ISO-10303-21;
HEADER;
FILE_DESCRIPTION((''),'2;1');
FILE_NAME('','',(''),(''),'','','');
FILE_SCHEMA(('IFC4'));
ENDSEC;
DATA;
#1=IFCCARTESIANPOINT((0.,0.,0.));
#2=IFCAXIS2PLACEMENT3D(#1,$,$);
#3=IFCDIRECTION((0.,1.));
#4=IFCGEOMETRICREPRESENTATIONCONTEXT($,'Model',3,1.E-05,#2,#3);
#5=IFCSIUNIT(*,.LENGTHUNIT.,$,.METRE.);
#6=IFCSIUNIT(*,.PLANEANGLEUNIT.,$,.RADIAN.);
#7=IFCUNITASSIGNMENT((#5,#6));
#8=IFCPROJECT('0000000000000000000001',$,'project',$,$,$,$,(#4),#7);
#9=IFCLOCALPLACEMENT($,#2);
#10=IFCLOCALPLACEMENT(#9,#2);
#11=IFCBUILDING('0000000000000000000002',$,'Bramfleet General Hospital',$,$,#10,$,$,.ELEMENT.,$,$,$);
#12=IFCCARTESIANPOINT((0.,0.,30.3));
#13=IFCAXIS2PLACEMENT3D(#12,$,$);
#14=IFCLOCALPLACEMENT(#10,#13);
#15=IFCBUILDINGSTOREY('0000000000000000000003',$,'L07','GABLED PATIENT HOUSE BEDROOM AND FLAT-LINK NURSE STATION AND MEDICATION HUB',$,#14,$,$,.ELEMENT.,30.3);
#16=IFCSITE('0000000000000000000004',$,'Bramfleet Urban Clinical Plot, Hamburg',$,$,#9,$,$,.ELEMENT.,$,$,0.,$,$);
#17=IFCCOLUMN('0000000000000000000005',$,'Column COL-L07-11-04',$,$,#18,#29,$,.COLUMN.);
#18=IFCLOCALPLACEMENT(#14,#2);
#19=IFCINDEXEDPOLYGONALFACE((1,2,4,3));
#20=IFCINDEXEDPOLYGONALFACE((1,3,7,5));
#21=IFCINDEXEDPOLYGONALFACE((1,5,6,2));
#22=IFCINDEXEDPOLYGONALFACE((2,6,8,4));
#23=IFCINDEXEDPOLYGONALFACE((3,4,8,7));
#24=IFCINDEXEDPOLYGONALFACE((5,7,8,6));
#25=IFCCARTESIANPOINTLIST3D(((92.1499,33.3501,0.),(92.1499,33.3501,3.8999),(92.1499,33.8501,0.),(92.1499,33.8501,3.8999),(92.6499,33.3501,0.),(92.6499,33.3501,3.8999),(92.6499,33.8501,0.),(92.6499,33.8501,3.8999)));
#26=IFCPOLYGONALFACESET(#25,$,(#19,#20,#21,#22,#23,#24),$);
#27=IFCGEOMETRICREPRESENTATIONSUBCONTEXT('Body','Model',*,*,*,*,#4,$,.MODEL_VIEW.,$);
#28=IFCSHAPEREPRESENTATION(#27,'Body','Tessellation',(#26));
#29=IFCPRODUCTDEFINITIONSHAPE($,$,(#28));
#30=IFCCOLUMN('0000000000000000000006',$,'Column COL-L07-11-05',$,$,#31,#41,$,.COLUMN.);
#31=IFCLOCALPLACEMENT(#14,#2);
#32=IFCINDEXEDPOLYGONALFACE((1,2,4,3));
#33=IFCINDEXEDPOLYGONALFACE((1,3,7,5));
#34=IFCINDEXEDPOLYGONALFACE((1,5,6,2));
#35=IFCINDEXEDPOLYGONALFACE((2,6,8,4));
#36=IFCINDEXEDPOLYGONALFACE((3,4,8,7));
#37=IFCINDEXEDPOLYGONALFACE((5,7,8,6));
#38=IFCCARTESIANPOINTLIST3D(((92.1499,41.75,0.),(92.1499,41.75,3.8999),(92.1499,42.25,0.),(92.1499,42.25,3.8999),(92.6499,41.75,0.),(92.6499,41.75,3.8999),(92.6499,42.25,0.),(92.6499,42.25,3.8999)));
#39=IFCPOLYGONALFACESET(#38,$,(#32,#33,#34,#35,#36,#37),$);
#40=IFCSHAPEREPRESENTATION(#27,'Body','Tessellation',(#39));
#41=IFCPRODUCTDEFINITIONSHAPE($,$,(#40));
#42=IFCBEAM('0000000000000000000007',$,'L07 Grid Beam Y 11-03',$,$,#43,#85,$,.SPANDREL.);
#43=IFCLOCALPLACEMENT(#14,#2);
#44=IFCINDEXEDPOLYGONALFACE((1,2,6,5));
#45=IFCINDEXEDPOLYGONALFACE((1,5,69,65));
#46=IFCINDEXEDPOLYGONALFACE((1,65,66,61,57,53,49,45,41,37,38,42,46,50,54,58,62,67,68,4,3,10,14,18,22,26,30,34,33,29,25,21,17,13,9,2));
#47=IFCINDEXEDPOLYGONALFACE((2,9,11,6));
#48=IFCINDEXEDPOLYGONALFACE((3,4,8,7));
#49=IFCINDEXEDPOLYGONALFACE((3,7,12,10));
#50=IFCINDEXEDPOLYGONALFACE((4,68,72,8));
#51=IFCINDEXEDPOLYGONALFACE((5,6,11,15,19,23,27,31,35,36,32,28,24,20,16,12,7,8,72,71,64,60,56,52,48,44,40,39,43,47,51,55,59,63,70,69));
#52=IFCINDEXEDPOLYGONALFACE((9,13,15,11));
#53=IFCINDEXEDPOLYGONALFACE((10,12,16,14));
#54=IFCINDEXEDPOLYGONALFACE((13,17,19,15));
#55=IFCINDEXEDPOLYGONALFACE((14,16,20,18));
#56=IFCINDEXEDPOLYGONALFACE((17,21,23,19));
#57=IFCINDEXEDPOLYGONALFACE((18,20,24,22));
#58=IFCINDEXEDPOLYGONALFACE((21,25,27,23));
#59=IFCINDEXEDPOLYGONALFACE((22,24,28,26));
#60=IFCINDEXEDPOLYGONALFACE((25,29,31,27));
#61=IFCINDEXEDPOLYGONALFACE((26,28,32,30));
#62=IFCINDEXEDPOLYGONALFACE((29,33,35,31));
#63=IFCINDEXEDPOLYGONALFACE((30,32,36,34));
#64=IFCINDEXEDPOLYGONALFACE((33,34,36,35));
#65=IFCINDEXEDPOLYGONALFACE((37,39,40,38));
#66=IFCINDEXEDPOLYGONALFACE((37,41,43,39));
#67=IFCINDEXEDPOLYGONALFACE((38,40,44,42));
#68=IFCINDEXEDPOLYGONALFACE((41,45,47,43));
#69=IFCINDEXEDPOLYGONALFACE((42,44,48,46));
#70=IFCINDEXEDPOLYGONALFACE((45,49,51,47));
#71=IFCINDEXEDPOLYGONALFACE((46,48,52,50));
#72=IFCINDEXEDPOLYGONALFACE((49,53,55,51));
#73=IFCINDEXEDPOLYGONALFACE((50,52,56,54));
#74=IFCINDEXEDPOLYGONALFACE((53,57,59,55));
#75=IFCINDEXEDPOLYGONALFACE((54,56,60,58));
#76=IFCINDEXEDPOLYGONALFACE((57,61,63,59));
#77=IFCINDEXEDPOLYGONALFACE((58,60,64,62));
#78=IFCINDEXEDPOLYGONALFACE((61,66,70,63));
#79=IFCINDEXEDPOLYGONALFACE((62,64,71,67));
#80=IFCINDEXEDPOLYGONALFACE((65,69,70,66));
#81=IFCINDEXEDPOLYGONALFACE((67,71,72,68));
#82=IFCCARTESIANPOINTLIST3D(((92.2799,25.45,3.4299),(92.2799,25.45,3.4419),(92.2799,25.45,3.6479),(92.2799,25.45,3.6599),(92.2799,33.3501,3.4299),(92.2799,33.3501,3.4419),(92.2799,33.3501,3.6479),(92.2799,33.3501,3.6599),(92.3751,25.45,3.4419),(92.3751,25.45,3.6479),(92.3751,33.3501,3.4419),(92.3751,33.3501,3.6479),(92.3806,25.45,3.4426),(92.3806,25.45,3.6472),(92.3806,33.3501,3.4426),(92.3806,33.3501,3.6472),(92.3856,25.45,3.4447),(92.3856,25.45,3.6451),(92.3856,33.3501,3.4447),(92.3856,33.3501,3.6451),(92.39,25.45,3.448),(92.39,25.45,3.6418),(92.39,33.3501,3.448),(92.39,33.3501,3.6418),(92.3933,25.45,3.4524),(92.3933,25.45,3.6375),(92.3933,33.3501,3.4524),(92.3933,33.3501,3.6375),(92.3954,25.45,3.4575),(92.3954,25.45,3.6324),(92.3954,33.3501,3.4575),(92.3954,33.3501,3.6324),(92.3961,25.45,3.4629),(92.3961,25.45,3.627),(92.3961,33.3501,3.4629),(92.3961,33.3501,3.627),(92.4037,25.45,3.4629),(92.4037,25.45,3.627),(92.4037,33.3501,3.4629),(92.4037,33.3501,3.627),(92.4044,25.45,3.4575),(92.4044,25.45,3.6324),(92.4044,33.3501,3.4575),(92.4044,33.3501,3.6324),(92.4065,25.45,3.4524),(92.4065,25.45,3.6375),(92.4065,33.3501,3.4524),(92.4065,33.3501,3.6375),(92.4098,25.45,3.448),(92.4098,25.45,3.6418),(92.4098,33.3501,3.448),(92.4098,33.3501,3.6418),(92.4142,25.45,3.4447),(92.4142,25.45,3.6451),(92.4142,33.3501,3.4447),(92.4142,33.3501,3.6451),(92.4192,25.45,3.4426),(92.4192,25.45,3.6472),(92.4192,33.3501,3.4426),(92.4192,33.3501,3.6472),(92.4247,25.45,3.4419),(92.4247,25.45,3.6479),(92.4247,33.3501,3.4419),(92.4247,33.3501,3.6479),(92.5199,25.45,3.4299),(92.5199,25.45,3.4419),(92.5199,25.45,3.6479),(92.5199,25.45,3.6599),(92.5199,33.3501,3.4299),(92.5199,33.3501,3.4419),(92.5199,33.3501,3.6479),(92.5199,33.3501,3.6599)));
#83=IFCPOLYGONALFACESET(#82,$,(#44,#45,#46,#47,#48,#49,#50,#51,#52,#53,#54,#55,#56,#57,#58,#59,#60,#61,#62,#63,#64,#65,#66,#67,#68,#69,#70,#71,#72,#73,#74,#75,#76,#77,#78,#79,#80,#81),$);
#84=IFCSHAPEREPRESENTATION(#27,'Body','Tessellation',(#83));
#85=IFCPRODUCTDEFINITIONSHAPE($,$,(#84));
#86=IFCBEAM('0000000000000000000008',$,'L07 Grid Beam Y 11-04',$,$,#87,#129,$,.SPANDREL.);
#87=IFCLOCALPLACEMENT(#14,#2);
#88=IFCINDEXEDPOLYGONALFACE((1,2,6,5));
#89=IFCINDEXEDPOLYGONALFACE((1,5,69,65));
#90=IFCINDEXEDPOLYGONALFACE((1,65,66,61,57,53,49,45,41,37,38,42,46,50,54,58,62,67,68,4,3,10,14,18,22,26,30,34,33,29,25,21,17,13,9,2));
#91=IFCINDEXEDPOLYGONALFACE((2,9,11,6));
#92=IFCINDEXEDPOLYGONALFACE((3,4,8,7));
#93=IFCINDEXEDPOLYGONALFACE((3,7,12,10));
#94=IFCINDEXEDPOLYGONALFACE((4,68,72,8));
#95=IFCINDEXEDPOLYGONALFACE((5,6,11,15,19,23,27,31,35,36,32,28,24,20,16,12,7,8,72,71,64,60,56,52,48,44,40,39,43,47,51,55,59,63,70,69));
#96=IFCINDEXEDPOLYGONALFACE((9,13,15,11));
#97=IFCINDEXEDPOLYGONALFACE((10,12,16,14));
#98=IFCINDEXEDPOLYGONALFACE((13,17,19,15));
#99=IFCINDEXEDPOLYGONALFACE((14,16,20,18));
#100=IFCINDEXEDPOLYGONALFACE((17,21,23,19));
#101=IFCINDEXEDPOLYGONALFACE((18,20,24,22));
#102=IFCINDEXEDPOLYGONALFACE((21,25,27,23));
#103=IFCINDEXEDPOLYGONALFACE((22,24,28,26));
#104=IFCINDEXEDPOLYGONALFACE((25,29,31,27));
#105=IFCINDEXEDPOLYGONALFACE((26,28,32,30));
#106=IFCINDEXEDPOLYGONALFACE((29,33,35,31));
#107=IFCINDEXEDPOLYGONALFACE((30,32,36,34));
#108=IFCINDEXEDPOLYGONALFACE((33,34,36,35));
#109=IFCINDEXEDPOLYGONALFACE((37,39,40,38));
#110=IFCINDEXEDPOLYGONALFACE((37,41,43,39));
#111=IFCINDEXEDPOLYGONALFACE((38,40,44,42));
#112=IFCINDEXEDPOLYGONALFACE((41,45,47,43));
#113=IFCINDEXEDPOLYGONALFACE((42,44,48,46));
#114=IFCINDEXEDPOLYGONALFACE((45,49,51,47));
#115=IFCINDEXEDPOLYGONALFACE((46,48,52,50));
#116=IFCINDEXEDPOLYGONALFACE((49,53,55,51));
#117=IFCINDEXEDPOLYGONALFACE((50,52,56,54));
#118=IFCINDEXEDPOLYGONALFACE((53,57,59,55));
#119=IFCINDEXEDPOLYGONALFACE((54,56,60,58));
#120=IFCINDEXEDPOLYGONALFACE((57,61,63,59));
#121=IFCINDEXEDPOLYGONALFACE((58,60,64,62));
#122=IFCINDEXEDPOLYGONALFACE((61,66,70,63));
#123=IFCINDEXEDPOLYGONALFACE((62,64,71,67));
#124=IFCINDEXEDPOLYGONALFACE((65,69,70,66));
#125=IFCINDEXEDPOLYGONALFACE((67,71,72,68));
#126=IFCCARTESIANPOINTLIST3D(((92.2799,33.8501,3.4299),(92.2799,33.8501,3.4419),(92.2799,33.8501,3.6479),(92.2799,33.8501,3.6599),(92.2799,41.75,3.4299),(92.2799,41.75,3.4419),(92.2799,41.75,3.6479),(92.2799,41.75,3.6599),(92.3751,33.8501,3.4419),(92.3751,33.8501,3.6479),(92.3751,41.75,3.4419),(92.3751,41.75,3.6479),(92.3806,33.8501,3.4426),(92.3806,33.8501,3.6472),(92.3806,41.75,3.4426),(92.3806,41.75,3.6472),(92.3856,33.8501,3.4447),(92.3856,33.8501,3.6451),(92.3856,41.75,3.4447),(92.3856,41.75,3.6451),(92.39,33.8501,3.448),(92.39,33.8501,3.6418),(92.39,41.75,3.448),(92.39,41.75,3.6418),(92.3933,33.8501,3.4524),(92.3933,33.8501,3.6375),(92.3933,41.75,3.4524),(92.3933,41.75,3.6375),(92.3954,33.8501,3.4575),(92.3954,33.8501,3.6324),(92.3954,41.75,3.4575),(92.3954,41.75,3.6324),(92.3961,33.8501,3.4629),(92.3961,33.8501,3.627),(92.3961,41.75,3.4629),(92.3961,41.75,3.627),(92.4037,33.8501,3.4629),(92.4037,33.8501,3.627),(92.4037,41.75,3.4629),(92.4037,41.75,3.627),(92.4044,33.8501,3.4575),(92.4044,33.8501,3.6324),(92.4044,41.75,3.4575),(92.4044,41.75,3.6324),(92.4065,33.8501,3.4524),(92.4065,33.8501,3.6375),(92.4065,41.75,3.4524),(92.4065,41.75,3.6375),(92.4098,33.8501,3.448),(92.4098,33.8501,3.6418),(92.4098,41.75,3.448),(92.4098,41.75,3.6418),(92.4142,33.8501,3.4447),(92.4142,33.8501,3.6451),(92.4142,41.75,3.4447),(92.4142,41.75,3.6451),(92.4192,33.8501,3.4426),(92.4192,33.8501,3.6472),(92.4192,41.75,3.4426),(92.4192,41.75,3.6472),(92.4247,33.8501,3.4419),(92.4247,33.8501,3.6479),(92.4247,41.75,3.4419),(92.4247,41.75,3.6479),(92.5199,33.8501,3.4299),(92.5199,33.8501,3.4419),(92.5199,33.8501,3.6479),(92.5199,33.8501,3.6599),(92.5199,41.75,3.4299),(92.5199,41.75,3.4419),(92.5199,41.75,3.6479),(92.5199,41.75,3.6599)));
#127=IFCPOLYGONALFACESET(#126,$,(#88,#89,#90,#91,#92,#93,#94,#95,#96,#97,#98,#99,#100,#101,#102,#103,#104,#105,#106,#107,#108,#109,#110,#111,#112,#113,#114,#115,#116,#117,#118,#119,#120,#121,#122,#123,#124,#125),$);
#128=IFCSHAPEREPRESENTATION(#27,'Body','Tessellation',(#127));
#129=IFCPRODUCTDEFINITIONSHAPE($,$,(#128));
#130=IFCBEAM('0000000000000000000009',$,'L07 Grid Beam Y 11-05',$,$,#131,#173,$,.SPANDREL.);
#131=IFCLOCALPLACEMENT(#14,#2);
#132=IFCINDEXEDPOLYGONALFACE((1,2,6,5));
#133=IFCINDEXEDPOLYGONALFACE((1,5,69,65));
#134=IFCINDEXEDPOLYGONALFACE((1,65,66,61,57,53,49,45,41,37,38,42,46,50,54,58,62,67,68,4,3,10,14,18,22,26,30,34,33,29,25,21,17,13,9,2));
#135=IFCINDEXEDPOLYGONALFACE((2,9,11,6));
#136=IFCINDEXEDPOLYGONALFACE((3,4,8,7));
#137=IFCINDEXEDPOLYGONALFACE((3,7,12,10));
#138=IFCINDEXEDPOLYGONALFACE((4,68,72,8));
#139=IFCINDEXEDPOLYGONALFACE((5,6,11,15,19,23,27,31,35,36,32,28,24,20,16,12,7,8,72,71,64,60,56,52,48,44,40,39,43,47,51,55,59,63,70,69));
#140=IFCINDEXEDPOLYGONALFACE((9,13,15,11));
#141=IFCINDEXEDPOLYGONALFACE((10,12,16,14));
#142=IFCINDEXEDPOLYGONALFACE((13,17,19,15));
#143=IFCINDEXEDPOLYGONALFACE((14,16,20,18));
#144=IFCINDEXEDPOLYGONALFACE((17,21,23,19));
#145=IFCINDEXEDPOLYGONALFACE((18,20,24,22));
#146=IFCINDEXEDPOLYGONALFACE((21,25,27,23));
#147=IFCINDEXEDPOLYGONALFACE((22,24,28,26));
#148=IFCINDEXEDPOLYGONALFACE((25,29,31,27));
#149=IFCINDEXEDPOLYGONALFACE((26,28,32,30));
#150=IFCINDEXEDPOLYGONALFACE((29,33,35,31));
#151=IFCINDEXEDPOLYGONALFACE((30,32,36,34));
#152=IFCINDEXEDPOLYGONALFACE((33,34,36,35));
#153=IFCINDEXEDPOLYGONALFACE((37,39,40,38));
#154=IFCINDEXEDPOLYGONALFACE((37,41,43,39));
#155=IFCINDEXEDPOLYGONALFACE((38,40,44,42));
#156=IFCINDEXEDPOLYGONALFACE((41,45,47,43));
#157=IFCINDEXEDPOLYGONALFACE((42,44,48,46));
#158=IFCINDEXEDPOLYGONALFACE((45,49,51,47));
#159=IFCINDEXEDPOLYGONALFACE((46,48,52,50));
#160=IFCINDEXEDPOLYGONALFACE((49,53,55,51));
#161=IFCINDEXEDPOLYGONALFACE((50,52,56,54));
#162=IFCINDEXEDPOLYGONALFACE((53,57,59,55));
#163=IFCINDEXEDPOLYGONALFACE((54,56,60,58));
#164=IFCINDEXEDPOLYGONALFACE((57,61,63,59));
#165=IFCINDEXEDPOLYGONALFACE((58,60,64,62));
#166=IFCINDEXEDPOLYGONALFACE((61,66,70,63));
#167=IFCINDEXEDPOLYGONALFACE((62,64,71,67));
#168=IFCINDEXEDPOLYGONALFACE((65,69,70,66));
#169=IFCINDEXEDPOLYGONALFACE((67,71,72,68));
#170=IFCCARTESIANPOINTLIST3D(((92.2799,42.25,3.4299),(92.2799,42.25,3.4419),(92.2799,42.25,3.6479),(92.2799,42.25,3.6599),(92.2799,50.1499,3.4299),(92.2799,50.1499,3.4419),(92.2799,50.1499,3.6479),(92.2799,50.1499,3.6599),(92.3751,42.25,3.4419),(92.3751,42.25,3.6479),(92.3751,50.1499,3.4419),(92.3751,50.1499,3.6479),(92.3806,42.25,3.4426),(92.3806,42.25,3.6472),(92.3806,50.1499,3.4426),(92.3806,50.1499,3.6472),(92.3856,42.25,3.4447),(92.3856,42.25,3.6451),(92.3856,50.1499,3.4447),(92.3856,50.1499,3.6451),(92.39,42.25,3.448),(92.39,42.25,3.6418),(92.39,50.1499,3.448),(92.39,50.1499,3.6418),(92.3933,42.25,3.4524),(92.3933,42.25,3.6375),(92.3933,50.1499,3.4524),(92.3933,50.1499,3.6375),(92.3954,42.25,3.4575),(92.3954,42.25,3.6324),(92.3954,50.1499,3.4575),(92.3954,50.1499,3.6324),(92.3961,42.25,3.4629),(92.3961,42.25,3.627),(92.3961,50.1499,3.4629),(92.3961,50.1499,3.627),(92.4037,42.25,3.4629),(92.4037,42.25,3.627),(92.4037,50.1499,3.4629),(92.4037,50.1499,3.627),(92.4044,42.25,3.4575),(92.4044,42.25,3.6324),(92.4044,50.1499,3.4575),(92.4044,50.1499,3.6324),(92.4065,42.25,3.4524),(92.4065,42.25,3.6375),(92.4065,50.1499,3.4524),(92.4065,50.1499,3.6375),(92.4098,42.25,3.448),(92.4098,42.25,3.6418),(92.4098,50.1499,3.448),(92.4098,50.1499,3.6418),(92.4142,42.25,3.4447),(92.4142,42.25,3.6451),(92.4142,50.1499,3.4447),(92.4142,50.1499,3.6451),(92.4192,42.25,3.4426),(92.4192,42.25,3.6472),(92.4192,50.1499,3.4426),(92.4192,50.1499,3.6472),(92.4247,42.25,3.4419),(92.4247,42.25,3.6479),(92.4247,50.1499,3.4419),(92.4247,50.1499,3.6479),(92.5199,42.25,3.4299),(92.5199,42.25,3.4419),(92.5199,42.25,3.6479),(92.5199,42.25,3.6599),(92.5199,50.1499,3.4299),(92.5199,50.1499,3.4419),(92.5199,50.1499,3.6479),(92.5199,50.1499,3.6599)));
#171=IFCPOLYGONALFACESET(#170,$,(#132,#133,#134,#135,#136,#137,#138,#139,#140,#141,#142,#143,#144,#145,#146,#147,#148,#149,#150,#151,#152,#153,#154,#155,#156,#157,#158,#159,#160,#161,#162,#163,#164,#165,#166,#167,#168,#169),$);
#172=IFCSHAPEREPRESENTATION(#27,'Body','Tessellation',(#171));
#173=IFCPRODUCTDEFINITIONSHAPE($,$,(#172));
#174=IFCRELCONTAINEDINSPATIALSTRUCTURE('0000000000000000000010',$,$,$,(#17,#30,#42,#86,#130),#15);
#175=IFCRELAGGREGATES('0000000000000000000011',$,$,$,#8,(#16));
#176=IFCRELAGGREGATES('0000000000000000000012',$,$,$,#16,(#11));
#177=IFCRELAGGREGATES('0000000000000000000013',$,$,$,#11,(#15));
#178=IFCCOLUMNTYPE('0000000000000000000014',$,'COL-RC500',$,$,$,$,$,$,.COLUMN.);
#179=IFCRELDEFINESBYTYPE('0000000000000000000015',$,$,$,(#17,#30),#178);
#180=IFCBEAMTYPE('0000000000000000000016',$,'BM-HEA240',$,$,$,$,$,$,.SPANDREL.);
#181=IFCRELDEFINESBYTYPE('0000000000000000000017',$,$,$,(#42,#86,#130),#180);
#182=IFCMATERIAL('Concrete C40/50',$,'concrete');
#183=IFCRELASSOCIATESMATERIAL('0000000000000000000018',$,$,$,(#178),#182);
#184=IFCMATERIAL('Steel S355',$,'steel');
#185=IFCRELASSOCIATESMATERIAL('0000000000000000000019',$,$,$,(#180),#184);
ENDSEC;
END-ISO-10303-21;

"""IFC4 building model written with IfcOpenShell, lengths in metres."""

from ifc_helpers import new_model, si_unit, direction, frame, origin, origin_2d, place, context, subcontext, project, spatial, rectangle, i_section, extrude, material, material_profile, profile_set, type_object, element, save


model = new_model("IFC4")

# Units and contexts
model_context = context("Model", 3, precision=1e-05, world=origin(), true_north=direction((0.0, 1.0)))
body_context = subcontext(model_context, "Body", "Model", "MODEL_VIEW")
ifc_project = project(units=[si_unit("LENGTHUNIT", "METRE"), si_unit("PLANEANGLEUNIT", "RADIAN")], contexts=[model_context])

# Site, building, storey
site_placement = place(None, origin())
site = spatial("IfcSite", under=ifc_project, at=site_placement, Name="Bramfleet Urban Clinical Plot, Hamburg", CompositionType="ELEMENT", RefElevation=0.0)
building_placement = place(site_placement, origin())
building = spatial("IfcBuilding", under=site, at=building_placement, Name="Bramfleet General Hospital", CompositionType="ELEMENT")
storey_placement = place(building_placement, frame((0.0, 0.0, 30.3)))
storey = spatial("IfcBuildingStorey", under=building, at=storey_placement, Name="L07", Description="GABLED PATIENT HOUSE BEDROOM AND FLAT-LINK NURSE STATION AND MEDICATION HUB", CompositionType="ELEMENT", Elevation=30.3)

# Columns
ifc_material_1 = material(Name="Concrete C40/50", Category="concrete")
ifc_material_profile_1 = material_profile(ifc_material_1, rectangle(XDim=0.5, YDim=0.5, at=origin_2d()), Name="RC COL 500x500")
ifc_profile_set_1 = profile_set([ifc_material_profile_1], Name="Concrete C40/50")
column_type = type_object("IfcColumnType", Name="COL-RC500", PredefinedType="COLUMN", material=ifc_profile_set_1)
for number, where, z_axis, x_axis, name in (
    (1, (92.3999, 33.6001, 0.0), (0.0, 0.0, 1.0), (1.0, 0.0, 0.0), "Column COL-L07-11-04"),
    (2, (92.3999, 42.0, 0.0), (0.0, 0.0, 1.0), (1.0, 0.0, 0.0), "Column COL-L07-11-05"),
):
    element("IfcColumn", number, at=place(storey_placement, frame(where, z_axis=z_axis, x_axis=x_axis)), inside=storey, type_object=column_type, Name=name, PredefinedType="COLUMN", context=body_context, shape_type="SweptSolid", body=[
        extrude(rectangle(XDim=0.5, YDim=0.5, at=origin_2d()), origin(), (0.0, 0.0, 1.0), 3.8999),
    ])

# Beams
ifc_material_2 = material(Name="Steel S355", Category="steel")
ifc_material_profile_2 = material_profile(ifc_material_2, i_section(OverallWidth=0.24, OverallDepth=0.23, WebThickness=0.0076, FlangeThickness=0.012, FilletRadius=0.021, at=origin_2d()), Name="HEA 240")
ifc_profile_set_2 = profile_set([ifc_material_profile_2], Name="Steel S355")
beam_type = type_object("IfcBeamType", Name="BM-HEA240", PredefinedType="SPANDREL", material=ifc_profile_set_2)
beam_placement = place(storey_placement, frame((92.3999, 25.45, 3.5449), z_axis=(0.0, 1.0, 0.0), x_axis=(-1.0, 0.0, 0.0)))
element("IfcBeam", 3, at=beam_placement, inside=storey, type_object=beam_type, Name="L07 Grid Beam Y 11-03", PredefinedType="SPANDREL", context=body_context, shape_type="SweptSolid", body=[
    extrude(i_section(OverallWidth=0.24, OverallDepth=0.23, WebThickness=0.0076, FlangeThickness=0.012, FilletRadius=0.021, at=origin_2d()), origin(), (0.0, 0.0, 1.0), 7.9001),
])
for number, where, z_axis, x_axis, name in (
    (4, (92.3999, 33.8501, 3.5449), (0.0, 1.0, 0.0), (-1.0, 0.0, 0.0), "L07 Grid Beam Y 11-04"),
    (5, (92.3999, 42.25, 3.5449), (0.0, 1.0, 0.0), (-1.0, 0.0, 0.0), "L07 Grid Beam Y 11-05"),
):
    element("IfcBeam", number, at=place(storey_placement, frame(where, z_axis=z_axis, x_axis=x_axis)), inside=storey, type_object=beam_type, Name=name, PredefinedType="SPANDREL", context=body_context, shape_type="SweptSolid", body=[
        extrude(i_section(OverallWidth=0.24, OverallDepth=0.23, WebThickness=0.0076, FlangeThickness=0.012, FilletRadius=0.021, at=origin_2d()), origin(), (0.0, 0.0, 1.0), 7.8999),
    ])

save(model, "model.ifc")
